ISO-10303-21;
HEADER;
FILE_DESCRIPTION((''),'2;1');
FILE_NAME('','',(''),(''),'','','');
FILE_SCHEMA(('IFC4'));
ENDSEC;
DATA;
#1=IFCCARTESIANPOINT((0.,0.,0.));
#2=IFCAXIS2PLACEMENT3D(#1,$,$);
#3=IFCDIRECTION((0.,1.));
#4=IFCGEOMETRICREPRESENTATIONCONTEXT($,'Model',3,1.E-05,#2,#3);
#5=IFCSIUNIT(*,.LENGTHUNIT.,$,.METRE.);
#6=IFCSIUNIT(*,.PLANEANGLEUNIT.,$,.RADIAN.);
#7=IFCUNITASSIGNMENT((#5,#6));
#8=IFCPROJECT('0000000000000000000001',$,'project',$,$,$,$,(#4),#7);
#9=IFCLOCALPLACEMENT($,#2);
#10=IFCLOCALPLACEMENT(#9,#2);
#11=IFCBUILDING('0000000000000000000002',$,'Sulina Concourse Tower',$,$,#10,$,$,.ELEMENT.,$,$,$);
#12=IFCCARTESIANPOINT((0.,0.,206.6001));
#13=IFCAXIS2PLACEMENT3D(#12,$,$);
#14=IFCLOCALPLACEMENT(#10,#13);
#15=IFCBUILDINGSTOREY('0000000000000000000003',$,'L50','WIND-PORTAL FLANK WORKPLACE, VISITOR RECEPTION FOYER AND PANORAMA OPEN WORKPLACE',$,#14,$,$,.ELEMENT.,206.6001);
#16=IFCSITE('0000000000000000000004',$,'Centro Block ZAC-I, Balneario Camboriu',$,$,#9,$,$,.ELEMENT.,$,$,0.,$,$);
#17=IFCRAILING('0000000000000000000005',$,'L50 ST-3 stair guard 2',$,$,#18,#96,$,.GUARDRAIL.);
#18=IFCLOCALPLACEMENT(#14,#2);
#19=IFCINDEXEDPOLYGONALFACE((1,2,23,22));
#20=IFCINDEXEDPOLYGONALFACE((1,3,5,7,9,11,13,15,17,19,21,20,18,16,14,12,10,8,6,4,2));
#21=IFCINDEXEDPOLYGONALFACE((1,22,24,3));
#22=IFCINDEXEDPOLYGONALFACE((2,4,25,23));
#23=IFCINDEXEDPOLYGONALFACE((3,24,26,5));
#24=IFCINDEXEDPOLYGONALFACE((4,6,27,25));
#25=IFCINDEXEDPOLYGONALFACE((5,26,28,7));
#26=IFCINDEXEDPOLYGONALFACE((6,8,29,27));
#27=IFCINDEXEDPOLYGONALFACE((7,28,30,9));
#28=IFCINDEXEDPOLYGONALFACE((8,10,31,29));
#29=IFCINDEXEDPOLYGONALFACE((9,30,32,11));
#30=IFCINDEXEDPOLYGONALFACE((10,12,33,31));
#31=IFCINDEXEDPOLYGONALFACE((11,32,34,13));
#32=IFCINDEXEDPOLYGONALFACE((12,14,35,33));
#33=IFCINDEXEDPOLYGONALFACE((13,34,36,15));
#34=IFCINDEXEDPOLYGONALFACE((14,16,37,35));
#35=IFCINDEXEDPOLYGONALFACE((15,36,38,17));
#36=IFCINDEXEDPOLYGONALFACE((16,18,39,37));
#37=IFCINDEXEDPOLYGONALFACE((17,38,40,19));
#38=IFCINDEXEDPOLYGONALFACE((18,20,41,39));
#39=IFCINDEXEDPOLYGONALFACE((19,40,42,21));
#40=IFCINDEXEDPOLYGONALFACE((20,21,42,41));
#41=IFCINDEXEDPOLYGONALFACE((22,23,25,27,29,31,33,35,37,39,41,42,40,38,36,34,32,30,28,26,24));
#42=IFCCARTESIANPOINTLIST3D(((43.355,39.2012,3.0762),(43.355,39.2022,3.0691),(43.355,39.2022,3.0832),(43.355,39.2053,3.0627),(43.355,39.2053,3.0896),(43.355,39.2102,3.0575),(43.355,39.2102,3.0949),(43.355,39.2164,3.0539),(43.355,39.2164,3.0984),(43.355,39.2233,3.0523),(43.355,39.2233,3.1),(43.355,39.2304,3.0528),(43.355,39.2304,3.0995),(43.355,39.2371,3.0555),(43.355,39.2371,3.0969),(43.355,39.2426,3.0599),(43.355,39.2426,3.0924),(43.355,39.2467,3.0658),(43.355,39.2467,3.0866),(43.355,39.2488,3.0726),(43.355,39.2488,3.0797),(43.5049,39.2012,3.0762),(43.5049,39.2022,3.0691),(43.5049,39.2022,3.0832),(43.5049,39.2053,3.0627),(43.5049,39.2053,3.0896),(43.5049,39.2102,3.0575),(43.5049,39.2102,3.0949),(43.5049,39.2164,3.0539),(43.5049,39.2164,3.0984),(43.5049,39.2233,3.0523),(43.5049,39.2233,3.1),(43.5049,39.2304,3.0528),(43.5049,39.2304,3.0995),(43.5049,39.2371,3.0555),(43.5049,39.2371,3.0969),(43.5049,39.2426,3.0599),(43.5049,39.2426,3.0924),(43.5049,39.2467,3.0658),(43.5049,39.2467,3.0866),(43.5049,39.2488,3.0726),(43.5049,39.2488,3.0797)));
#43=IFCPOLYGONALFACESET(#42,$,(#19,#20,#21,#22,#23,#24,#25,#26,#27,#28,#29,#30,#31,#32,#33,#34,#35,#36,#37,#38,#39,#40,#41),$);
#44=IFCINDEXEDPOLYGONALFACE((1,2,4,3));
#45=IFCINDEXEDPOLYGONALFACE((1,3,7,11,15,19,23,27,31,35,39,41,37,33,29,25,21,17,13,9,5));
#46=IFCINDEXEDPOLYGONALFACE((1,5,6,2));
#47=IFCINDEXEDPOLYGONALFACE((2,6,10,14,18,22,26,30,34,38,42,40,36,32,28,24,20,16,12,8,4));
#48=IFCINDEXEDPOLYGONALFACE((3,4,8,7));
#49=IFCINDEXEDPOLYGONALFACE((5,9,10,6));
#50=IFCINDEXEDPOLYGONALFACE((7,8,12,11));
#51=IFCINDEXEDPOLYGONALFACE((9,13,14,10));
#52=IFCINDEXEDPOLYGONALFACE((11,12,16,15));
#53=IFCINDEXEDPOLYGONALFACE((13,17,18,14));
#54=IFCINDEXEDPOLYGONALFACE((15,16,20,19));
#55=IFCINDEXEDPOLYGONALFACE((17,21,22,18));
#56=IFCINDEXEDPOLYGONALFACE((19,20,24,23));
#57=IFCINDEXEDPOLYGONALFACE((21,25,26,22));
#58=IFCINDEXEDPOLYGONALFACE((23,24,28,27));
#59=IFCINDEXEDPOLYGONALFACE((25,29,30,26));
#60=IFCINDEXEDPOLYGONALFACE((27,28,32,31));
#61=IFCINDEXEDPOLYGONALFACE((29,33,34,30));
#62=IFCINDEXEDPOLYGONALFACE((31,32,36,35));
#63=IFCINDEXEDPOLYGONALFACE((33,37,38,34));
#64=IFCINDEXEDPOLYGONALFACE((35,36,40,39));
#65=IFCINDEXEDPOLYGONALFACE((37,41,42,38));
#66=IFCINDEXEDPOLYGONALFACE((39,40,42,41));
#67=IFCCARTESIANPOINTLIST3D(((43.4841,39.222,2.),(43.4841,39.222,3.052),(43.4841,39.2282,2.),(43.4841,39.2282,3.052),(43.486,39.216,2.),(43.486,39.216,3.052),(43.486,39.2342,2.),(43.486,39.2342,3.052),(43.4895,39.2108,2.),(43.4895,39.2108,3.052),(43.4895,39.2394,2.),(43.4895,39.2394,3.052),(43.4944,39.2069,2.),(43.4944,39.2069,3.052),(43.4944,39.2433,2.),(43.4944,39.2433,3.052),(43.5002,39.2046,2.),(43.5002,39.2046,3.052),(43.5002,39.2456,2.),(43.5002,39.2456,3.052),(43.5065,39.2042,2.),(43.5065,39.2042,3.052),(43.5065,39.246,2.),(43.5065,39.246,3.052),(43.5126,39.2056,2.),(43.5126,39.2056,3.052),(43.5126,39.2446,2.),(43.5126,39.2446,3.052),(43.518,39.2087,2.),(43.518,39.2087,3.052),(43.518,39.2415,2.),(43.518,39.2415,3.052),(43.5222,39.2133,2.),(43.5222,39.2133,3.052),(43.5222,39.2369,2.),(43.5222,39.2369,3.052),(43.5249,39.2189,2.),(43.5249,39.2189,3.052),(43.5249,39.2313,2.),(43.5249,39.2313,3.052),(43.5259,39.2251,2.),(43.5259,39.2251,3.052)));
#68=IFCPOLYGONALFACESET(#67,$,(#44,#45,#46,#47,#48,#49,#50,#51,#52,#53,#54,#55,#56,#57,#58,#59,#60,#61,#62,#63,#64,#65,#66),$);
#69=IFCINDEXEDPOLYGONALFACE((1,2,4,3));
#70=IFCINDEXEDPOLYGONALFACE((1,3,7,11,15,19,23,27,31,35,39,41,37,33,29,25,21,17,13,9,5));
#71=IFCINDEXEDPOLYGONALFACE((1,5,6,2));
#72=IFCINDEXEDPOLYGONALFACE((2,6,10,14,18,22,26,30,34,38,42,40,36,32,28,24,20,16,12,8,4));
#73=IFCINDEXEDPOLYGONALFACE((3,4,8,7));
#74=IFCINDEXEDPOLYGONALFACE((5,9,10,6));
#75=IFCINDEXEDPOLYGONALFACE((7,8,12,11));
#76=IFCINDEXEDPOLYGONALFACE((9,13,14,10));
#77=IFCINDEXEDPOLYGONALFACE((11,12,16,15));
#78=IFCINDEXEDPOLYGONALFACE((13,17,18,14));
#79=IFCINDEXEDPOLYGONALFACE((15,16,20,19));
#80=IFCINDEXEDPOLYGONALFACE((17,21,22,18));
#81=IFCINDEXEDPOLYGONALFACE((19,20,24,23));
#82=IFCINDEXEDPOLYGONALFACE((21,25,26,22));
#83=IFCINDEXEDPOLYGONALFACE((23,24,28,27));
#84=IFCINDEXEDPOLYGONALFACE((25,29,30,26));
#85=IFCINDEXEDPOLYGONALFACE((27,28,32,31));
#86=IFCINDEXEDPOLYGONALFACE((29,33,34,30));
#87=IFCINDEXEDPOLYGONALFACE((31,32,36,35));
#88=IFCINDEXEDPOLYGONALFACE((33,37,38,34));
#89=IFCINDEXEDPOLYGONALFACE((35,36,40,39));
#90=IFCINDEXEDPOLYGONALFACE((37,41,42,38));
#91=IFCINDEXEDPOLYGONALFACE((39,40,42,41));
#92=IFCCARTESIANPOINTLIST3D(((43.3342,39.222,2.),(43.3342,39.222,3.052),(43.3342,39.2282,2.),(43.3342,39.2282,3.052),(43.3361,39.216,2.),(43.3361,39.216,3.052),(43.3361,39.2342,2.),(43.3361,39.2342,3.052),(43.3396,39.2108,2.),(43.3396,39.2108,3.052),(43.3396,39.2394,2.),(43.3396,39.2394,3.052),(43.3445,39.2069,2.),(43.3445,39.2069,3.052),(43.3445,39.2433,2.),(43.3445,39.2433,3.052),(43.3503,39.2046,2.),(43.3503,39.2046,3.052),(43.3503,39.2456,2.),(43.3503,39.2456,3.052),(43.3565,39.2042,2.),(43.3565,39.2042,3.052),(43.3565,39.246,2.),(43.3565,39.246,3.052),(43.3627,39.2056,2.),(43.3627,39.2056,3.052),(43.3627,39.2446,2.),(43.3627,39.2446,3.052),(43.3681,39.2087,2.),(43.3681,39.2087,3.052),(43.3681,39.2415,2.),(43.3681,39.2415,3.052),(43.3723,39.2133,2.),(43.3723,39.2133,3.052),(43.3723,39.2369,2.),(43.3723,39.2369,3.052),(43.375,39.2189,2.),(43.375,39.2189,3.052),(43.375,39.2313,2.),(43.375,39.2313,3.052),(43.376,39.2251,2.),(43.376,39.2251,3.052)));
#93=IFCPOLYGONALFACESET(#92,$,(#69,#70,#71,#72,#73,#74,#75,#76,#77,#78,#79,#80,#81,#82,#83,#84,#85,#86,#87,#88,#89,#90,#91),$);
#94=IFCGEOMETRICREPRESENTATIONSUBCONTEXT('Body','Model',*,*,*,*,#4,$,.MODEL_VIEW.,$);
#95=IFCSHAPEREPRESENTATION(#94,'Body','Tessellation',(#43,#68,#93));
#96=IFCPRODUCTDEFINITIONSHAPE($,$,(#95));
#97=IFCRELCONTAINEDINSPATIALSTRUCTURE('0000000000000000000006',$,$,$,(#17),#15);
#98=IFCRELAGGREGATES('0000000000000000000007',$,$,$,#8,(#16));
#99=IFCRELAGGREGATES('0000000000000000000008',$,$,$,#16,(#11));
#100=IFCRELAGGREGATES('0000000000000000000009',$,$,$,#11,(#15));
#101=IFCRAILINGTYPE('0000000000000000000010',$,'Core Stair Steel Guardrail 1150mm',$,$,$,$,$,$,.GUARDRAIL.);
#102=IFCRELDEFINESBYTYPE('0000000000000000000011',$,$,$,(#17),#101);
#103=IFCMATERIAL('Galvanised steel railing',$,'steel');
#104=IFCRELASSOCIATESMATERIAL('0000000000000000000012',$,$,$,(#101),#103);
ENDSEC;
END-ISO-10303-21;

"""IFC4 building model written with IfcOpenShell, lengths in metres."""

from ifc_helpers import new_model, si_unit, direction, frame, origin, origin_2d, place, context, subcontext, project, spatial, circle, extrude, material, type_object, element, save


model = new_model("IFC4")

# Units and contexts
model_context = context("Model", 3, precision=1e-05, world=origin(), true_north=direction((0.0, 1.0)))
body_context = subcontext(model_context, "Body", "Model", "MODEL_VIEW")
ifc_project = project(units=[si_unit("LENGTHUNIT", "METRE"), si_unit("PLANEANGLEUNIT", "RADIAN")], contexts=[model_context])

# Site, building, storey
site_placement = place(None, origin())
site = spatial("IfcSite", under=ifc_project, at=site_placement, Name="Centro Block ZAC-I, Balneario Camboriu", CompositionType="ELEMENT", RefElevation=0.0)
building_placement = place(site_placement, origin())
building = spatial("IfcBuilding", under=site, at=building_placement, Name="Sulina Concourse Tower", CompositionType="ELEMENT")
storey_placement = place(building_placement, frame((0.0, 0.0, 206.6001)))
storey = spatial("IfcBuildingStorey", under=building, at=storey_placement, Name="L50", Description="WIND-PORTAL FLANK WORKPLACE, VISITOR RECEPTION FOYER AND PANORAMA OPEN WORKPLACE", CompositionType="ELEMENT", Elevation=206.6001)

# Railing
ifc_material_1 = material(Name="Galvanised steel railing", Category="steel")
railing_type_1 = type_object("IfcRailingType", Name="Core Stair Steel Guardrail 1150mm", PredefinedType="GUARDRAIL", material=ifc_material_1)
railing_1_placement = place(storey_placement, frame((43.5049, 39.2251, 2.0)))
element("IfcRailing", 1, at=railing_1_placement, inside=storey, type_object=railing_type_1, Name="L50 ST-3 stair guard 2", PredefinedType="GUARDRAIL", context=body_context, shape_type="SweptSolid", body=[
    extrude(circle(Radius=0.0239, at=origin_2d()), frame((0.0, 0.0, 1.0762), z_axis=(-1.0, 0.0, 0.0), x_axis=(0.0, -1.0, 0.0)), (0.0, 0.0, 1.0), 0.1499),
    extrude(circle(Radius=0.021, at=origin_2d()), origin(), (0.0, 0.0, 1.0), 1.052),
    extrude(circle(Radius=0.021, at=origin_2d()), frame((-0.1499, 0.0, 0.0)), (0.0, 0.0, 1.0), 1.052),
])

save(model, "model.ifc")
